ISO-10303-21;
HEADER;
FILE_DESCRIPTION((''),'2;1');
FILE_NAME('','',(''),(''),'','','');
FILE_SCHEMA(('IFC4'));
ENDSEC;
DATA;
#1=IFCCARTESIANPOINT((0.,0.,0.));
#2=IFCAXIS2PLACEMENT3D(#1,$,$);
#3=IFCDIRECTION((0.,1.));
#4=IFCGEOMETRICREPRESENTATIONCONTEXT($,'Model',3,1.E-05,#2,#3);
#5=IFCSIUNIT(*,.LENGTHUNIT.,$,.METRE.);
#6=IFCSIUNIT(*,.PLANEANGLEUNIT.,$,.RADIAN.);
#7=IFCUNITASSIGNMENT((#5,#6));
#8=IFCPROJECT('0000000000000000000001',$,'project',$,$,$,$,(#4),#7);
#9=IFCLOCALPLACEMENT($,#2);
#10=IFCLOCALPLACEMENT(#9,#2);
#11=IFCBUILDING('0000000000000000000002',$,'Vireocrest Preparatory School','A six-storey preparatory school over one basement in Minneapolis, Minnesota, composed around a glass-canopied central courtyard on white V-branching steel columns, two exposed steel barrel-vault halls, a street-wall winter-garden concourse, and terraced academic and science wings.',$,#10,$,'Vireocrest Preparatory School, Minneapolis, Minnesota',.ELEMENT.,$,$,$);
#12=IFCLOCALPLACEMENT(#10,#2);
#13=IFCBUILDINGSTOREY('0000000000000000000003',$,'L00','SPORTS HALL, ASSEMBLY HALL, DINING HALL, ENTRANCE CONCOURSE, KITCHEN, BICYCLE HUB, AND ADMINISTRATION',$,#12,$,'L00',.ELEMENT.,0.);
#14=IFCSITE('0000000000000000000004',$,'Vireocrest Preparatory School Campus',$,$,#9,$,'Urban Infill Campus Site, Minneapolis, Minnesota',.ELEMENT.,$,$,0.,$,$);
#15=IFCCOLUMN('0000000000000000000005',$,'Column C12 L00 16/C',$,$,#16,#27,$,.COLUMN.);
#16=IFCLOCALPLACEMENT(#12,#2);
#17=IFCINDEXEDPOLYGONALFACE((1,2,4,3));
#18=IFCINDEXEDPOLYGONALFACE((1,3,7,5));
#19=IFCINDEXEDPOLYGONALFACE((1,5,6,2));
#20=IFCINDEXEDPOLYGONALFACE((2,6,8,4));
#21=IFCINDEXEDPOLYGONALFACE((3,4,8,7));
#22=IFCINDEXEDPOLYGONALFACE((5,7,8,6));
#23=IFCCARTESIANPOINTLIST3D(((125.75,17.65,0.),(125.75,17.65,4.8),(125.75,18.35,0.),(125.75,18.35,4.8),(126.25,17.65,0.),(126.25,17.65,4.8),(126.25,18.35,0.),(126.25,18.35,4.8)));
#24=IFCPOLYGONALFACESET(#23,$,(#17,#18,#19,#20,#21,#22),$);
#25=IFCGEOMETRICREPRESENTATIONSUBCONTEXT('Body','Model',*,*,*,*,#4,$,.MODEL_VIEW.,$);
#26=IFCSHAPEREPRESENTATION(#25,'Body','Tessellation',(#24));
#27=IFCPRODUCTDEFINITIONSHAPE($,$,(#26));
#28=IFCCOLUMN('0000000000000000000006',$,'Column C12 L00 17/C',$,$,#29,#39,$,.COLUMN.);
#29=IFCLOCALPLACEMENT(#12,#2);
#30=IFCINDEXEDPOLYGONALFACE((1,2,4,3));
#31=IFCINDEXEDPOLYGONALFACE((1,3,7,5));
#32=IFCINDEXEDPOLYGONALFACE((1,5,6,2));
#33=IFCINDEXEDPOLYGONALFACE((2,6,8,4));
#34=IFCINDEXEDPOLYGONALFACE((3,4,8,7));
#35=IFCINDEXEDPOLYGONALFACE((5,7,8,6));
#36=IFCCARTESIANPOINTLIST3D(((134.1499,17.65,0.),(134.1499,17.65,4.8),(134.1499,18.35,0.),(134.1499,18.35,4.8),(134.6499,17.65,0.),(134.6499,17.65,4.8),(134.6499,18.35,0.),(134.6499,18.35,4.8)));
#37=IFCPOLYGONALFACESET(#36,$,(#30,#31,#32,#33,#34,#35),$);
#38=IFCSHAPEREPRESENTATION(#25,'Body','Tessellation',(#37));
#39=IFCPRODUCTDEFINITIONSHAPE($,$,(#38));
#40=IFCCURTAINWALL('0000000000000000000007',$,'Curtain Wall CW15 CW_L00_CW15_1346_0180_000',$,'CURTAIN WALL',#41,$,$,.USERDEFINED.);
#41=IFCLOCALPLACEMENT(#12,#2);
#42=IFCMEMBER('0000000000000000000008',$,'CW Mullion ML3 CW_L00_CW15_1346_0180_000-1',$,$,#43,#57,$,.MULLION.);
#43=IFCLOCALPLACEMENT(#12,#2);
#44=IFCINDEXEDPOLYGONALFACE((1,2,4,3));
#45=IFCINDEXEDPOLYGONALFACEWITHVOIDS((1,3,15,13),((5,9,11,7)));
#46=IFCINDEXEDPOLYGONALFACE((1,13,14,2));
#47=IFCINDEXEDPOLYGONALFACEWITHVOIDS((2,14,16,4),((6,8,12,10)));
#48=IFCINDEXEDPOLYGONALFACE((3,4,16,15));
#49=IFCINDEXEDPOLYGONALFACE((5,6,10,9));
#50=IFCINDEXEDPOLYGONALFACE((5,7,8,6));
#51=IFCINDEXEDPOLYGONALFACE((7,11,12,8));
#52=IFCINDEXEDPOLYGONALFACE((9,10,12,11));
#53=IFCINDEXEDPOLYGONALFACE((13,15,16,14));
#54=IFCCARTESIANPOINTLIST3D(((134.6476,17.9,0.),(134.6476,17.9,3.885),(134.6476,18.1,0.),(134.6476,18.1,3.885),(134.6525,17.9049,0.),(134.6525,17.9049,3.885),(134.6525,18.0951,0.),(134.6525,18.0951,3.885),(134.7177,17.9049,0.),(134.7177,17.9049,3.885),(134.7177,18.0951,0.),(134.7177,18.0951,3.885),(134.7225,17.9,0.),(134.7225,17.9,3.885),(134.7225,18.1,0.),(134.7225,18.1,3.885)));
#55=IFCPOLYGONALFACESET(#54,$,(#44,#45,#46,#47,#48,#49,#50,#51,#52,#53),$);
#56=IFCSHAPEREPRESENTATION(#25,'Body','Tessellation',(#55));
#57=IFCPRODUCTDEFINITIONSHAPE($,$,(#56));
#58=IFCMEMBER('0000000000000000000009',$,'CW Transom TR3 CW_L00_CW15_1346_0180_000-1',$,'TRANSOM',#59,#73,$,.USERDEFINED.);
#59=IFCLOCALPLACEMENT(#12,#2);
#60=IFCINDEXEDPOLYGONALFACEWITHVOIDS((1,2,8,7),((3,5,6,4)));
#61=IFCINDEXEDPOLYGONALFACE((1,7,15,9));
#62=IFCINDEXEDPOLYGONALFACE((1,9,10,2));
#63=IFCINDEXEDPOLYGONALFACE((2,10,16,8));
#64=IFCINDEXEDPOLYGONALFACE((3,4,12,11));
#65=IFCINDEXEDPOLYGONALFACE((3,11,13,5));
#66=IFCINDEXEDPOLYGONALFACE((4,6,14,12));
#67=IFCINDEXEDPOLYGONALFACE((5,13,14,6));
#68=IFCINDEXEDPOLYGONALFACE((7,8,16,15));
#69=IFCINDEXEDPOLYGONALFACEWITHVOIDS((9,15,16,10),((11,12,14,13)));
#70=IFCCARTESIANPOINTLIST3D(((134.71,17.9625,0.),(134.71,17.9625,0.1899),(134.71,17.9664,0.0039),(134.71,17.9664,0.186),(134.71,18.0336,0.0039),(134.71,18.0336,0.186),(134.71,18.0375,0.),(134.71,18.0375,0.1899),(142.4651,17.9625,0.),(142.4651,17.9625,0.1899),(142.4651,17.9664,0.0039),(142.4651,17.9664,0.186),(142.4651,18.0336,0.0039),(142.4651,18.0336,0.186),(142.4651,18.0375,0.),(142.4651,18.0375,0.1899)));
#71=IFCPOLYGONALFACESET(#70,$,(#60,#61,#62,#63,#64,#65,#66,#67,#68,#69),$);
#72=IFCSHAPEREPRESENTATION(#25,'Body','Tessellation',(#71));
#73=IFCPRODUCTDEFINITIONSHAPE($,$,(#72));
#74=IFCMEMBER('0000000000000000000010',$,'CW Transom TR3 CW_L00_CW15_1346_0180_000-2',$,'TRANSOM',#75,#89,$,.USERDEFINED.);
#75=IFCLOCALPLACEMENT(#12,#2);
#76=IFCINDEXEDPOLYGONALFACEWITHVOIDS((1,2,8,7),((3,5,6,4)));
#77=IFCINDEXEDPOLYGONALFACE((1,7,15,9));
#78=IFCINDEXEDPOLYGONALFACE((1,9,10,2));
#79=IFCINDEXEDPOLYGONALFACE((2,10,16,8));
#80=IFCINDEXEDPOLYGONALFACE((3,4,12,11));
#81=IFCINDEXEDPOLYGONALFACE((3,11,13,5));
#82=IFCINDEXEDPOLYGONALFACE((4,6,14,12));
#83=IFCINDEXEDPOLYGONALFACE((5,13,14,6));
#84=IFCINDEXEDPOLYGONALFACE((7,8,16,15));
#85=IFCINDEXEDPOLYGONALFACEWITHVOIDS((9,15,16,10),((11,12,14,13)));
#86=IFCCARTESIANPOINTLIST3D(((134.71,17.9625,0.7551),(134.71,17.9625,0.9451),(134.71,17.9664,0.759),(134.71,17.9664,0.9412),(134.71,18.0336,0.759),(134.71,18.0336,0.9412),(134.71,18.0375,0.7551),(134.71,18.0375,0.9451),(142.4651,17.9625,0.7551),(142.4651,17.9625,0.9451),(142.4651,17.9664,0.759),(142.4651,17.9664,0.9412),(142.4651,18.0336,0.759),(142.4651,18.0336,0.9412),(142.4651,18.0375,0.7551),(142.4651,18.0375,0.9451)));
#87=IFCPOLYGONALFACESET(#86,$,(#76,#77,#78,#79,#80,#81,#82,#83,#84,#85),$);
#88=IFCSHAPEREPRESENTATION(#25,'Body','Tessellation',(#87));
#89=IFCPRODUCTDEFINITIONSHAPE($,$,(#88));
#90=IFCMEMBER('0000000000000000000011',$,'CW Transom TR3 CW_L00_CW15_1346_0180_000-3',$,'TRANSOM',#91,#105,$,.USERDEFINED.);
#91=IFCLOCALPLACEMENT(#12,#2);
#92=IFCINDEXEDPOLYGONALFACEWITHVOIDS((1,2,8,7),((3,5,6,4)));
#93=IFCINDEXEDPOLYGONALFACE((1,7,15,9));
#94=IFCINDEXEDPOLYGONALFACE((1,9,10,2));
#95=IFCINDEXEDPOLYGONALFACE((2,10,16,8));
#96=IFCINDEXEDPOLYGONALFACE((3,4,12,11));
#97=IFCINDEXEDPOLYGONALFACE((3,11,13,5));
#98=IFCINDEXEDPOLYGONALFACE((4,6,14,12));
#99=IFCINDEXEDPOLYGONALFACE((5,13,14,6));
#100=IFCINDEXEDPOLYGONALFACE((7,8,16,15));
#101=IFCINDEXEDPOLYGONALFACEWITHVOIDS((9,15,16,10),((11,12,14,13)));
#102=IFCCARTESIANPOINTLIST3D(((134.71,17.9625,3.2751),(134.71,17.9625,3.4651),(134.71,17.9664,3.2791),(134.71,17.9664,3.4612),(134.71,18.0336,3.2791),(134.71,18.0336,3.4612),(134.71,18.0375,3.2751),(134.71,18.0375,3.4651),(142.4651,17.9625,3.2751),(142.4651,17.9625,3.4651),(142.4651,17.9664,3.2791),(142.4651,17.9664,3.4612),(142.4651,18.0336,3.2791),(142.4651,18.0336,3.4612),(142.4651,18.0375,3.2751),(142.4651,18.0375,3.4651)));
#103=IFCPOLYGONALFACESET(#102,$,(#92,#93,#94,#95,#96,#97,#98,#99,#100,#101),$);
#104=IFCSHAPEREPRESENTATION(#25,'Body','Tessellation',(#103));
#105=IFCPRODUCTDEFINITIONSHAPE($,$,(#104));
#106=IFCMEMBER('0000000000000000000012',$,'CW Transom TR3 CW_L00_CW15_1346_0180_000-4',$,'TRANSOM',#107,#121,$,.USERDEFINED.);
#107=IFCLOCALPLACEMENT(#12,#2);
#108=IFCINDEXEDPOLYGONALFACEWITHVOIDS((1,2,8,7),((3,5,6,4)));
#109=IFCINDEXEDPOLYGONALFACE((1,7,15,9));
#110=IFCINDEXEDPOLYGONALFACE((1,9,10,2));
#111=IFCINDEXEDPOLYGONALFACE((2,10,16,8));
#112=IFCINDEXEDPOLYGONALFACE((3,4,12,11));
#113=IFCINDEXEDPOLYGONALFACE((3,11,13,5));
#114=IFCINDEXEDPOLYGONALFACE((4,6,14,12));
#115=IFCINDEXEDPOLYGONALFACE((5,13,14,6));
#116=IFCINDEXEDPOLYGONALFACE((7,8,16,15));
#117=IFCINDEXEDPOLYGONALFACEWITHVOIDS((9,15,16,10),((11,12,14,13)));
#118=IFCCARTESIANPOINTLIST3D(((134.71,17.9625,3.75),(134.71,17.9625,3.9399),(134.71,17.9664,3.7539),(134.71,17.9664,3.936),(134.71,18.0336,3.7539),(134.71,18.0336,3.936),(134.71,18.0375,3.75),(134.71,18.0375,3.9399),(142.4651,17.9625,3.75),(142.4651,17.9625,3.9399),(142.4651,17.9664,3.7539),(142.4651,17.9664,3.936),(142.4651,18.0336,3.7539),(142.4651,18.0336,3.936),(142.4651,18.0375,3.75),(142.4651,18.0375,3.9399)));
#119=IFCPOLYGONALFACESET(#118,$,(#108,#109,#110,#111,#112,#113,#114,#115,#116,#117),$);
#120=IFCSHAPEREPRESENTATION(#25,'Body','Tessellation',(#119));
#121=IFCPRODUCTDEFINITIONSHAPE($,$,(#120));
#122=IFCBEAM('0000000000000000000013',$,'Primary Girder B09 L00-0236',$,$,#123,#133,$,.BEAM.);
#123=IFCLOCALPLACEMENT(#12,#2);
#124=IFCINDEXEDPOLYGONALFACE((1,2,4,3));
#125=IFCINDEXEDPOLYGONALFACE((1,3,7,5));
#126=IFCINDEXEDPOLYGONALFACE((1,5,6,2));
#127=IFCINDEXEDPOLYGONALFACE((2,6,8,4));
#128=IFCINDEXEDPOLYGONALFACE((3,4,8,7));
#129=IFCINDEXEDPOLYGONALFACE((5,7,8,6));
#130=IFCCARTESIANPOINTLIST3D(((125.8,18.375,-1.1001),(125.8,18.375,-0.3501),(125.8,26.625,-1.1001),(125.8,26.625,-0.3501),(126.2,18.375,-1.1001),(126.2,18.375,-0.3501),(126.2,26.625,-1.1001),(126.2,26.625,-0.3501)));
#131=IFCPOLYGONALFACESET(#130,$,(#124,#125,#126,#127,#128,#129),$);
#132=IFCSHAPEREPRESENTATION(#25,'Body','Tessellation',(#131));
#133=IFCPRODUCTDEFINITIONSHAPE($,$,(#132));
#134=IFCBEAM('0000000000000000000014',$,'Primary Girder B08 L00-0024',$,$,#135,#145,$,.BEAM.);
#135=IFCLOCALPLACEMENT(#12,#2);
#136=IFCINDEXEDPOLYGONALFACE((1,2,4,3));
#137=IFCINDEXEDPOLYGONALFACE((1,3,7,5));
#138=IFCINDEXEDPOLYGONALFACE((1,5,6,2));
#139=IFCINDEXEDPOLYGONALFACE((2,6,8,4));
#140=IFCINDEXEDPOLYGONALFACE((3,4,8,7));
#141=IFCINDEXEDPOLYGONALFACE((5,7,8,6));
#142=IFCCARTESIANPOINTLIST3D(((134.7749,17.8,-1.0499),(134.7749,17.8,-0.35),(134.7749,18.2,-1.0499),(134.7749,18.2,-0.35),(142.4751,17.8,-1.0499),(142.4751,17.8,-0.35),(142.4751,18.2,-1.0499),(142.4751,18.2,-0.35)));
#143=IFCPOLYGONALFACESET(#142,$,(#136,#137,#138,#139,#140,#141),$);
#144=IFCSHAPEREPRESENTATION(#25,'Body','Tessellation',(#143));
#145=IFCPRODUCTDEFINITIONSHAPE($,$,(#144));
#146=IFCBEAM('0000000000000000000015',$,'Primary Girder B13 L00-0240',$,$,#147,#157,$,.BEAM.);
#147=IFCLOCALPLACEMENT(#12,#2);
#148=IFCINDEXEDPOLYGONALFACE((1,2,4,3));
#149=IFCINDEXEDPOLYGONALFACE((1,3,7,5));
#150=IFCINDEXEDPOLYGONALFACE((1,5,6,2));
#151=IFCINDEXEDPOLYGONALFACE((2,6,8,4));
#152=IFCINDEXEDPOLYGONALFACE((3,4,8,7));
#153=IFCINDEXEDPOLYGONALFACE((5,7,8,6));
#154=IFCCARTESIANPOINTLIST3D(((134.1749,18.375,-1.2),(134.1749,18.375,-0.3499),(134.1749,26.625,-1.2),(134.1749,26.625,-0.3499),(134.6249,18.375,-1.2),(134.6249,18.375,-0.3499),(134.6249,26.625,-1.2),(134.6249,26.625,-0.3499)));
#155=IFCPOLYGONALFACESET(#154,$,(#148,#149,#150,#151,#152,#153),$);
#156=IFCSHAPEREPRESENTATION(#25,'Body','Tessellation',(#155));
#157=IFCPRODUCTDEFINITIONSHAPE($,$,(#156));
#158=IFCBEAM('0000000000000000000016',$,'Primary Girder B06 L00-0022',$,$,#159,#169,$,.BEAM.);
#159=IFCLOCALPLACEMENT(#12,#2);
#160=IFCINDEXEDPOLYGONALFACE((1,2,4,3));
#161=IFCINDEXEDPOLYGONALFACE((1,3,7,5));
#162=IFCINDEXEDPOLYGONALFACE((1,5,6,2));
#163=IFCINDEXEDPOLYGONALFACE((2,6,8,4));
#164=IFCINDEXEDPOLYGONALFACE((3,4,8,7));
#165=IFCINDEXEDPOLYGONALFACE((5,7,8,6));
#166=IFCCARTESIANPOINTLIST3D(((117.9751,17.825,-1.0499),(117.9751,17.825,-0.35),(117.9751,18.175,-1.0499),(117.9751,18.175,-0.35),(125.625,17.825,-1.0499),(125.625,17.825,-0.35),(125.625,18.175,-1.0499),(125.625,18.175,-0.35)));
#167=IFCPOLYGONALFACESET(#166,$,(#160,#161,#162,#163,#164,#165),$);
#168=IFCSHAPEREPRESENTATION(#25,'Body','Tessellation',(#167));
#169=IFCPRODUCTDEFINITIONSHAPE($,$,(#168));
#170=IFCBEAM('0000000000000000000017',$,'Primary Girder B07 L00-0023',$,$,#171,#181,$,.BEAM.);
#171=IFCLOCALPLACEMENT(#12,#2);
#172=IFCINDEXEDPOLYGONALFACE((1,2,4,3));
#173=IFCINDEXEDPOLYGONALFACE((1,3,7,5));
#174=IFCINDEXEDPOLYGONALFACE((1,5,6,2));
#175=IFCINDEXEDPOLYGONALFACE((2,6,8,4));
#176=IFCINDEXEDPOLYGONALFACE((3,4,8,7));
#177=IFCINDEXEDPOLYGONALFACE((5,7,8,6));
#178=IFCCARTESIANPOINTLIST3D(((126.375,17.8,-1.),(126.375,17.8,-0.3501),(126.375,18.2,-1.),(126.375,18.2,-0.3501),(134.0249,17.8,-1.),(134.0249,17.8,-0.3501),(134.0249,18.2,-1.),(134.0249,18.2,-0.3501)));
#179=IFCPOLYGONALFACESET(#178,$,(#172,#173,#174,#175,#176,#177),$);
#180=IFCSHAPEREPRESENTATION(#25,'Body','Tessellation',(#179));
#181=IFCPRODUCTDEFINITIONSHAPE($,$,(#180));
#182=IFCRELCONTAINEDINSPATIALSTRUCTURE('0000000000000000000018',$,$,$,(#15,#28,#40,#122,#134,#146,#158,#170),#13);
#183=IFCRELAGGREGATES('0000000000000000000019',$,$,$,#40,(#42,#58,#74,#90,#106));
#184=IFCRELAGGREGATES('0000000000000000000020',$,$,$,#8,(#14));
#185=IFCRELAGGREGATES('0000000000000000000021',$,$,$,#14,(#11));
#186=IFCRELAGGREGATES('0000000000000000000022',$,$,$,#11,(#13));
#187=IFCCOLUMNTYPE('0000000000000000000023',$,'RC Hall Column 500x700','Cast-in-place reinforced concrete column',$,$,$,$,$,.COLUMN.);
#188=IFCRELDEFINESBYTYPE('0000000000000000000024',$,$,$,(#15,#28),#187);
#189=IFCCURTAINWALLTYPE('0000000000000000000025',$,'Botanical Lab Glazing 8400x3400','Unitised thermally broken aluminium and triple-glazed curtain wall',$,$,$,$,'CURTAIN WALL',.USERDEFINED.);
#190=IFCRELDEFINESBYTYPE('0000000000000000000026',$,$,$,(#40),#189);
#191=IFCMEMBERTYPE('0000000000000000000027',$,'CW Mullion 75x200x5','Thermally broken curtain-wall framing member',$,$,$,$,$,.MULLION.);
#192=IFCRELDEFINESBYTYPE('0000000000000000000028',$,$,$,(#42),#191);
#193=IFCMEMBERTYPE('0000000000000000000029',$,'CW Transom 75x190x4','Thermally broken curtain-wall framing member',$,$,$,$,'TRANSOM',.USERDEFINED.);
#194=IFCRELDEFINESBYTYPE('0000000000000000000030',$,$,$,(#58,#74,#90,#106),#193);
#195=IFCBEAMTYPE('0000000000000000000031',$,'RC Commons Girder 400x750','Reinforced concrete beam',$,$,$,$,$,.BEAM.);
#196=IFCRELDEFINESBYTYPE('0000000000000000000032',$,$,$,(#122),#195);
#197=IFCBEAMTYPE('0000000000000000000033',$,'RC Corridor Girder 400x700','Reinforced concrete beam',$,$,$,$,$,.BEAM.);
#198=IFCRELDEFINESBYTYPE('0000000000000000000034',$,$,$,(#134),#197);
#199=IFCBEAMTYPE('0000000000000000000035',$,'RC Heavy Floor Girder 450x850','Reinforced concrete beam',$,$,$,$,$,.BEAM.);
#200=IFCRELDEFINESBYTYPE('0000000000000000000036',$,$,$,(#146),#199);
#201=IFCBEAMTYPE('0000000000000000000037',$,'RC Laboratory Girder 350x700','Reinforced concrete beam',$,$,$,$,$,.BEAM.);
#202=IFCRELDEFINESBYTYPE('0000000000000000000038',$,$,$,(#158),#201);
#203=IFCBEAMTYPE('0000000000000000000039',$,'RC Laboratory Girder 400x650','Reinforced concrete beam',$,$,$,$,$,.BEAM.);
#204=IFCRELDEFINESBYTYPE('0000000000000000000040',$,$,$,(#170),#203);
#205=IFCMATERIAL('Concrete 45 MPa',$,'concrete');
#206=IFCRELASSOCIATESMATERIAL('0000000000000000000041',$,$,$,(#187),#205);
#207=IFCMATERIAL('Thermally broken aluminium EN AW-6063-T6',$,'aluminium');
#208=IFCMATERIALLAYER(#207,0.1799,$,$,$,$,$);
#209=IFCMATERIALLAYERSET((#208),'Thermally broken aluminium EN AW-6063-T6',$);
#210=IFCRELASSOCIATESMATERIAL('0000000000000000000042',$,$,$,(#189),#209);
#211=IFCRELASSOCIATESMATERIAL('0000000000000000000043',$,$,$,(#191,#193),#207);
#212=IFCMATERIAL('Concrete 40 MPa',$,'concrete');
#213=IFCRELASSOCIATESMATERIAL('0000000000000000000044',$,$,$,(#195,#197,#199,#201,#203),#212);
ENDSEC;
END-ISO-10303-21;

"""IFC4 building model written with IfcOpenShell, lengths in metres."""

from ifc_helpers import new_model, si_unit, direction, frame, origin, origin_2d, place, context, subcontext, project, spatial, rectangle, hollow_rectangle, extrude, material, layer, layer_set, material_profile, profile_set, type_object, element, aggregate, save


model = new_model("IFC4")

# Units and contexts
model_context = context("Model", 3, precision=1e-05, world=origin(), true_north=direction((0.0, 1.0)))
body_context = subcontext(model_context, "Body", "Model", "MODEL_VIEW")
ifc_project = project(units=[si_unit("LENGTHUNIT", "METRE"), si_unit("PLANEANGLEUNIT", "RADIAN")], contexts=[model_context])

# Site, building, storey
site_placement = place(None, origin())
site = spatial("IfcSite", under=ifc_project, at=site_placement, Name="Vireocrest Preparatory School Campus", LongName="Urban Infill Campus Site, Minneapolis, Minnesota", CompositionType="ELEMENT", RefElevation=0.0)
building_placement = place(site_placement, origin())
building = spatial("IfcBuilding", under=site, at=building_placement, Name="Vireocrest Preparatory School", Description="A six-storey preparatory school over one basement in Minneapolis, Minnesota, composed around a glass-canopied central courtyard on white V-branching steel columns, two exposed steel barrel-vault halls, a street-wall winter-garden concourse, and terraced academic and science wings.", LongName="Vireocrest Preparatory School, Minneapolis, Minnesota", CompositionType="ELEMENT")
storey_placement = place(building_placement, origin())
storey = spatial("IfcBuildingStorey", under=building, at=storey_placement, Name="L00", Description="SPORTS HALL, ASSEMBLY HALL, DINING HALL, ENTRANCE CONCOURSE, KITCHEN, BICYCLE HUB, AND ADMINISTRATION", LongName="L00", CompositionType="ELEMENT", Elevation=0.0)

# Columns
ifc_material_1 = material(Name="Concrete 45 MPa", Category="concrete")
ifc_material_profile_1 = material_profile(ifc_material_1, rectangle(XDim=0.5, YDim=0.7, at=origin_2d()), Name="RC 500x700")
ifc_profile_set_1 = profile_set([ifc_material_profile_1], Name="Concrete 45 MPa")
column_type = type_object("IfcColumnType", Name="RC Hall Column 500x700", Description="Cast-in-place reinforced concrete column", PredefinedType="COLUMN", material=ifc_profile_set_1)
for number, where, z_axis, x_axis, name in (
    (1, (126.0, 18.0, 0.0), (0.0, 0.0, 1.0), (1.0, 0.0, 0.0), "Column C12 L00 16/C"),
    (2, (134.3999, 18.0, 0.0), (0.0, 0.0, 1.0), (1.0, 0.0, 0.0), "Column C12 L00 17/C"),
):
    element("IfcColumn", number, at=place(storey_placement, frame(where, z_axis=z_axis, x_axis=x_axis)), inside=storey, type_object=column_type, Name=name, PredefinedType="COLUMN", context=body_context, shape_type="SweptSolid", body=[
        extrude(rectangle(XDim=0.5, YDim=0.7, at=origin_2d()), origin(), (0.0, 0.0, 1.0), 4.8),
    ])

# Curtain wall, members
ifc_material_2 = material(Name="Thermally broken aluminium EN AW-6063-T6", Category="aluminium")
ifc_layer_1 = layer(ifc_material_2, 0.1799)
ifc_layer_set_1 = layer_set([ifc_layer_1], Name="Thermally broken aluminium EN AW-6063-T6")
curtain_wall_type = type_object("IfcCurtainWallType", Name="Botanical Lab Glazing 8400x3400", Description="Unitised thermally broken aluminium and triple-glazed curtain wall", ElementType="CURTAIN WALL", PredefinedType="USERDEFINED", material=ifc_layer_set_1)
curtain_wall_placement = place(storey_placement, origin())
curtain_wall = element("IfcCurtainWall", 3, at=curtain_wall_placement, inside=storey, type_object=curtain_wall_type, Name="Curtain Wall CW15 CW_L00_CW15_1346_0180_000", ObjectType="CURTAIN WALL", PredefinedType="USERDEFINED")
ifc_material_profile_2 = material_profile(ifc_material_2, hollow_rectangle(XDim=0.075, YDim=0.2, WallThickness=0.0049, at=origin_2d()), Name="ALU 75x200x5")
ifc_profile_set_2 = profile_set([ifc_material_profile_2], Name="Thermally broken aluminium EN AW-6063-T6")
member_type_1 = type_object("IfcMemberType", Name="CW Mullion 75x200x5", Description="Thermally broken curtain-wall framing member", PredefinedType="MULLION", material=ifc_profile_set_2)
member_1_placement = place(storey_placement, frame((134.6851, 18.0, 0.0), z_axis=(0.0, 0.0, 1.0), x_axis=(1.0, 0.0, 0.0)))
member_1 = element("IfcMember", 4, at=member_1_placement, type_object=member_type_1, Name="CW Mullion ML3 CW_L00_CW15_1346_0180_000-1", PredefinedType="MULLION", context=body_context, shape_type="SweptSolid", body=[
    extrude(hollow_rectangle(XDim=0.075, YDim=0.2, WallThickness=0.0049, at=origin_2d()), origin(), (0.0, 0.0, 1.0), 3.885),
])
ifc_material_profile_3 = material_profile(ifc_material_2, hollow_rectangle(XDim=0.075, YDim=0.1899, WallThickness=0.0039, at=origin_2d()), Name="ALU 75x190x4")
ifc_profile_set_3 = profile_set([ifc_material_profile_3], Name="Thermally broken aluminium EN AW-6063-T6")
member_type_2 = type_object("IfcMemberType", Name="CW Transom 75x190x4", Description="Thermally broken curtain-wall framing member", ElementType="TRANSOM", PredefinedType="USERDEFINED", material=ifc_profile_set_3)
member_2_placement = place(storey_placement, frame((134.71, 18.0, 0.095), z_axis=(1.0, 0.0, 0.0), x_axis=(0.0, 1.0, 0.0)))
member_2 = element("IfcMember", 5, at=member_2_placement, type_object=member_type_2, Name="CW Transom TR3 CW_L00_CW15_1346_0180_000-1", ObjectType="TRANSOM", PredefinedType="USERDEFINED", context=body_context, shape_type="SweptSolid", body=[
    extrude(hollow_rectangle(XDim=0.075, YDim=0.1899, WallThickness=0.0039, at=origin_2d()), origin(), (0.0, 0.0, 1.0), 7.7551),
])
member_3_placement = place(storey_placement, frame((134.71, 18.0, 0.8501), z_axis=(1.0, 0.0, 0.0), x_axis=(0.0, 1.0, 0.0)))
member_3 = element("IfcMember", 6, at=member_3_placement, type_object=member_type_2, Name="CW Transom TR3 CW_L00_CW15_1346_0180_000-2", ObjectType="TRANSOM", PredefinedType="USERDEFINED", context=body_context, shape_type="SweptSolid", body=[
    extrude(hollow_rectangle(XDim=0.075, YDim=0.1899, WallThickness=0.0039, at=origin_2d()), origin(), (0.0, 0.0, 1.0), 7.7551),
])
member_4_placement = place(storey_placement, frame((134.71, 18.0, 3.3701), z_axis=(1.0, 0.0, 0.0), x_axis=(0.0, 1.0, 0.0)))
member_4 = element("IfcMember", 7, at=member_4_placement, type_object=member_type_2, Name="CW Transom TR3 CW_L00_CW15_1346_0180_000-3", ObjectType="TRANSOM", PredefinedType="USERDEFINED", context=body_context, shape_type="SweptSolid", body=[
    extrude(hollow_rectangle(XDim=0.075, YDim=0.1899, WallThickness=0.0039, at=origin_2d()), origin(), (0.0, 0.0, 1.0), 7.7551),
])
member_5_placement = place(storey_placement, frame((134.71, 18.0, 3.845), z_axis=(1.0, 0.0, 0.0), x_axis=(0.0, 1.0, 0.0)))
member_5 = element("IfcMember", 8, at=member_5_placement, type_object=member_type_2, Name="CW Transom TR3 CW_L00_CW15_1346_0180_000-4", ObjectType="TRANSOM", PredefinedType="USERDEFINED", context=body_context, shape_type="SweptSolid", body=[
    extrude(hollow_rectangle(XDim=0.075, YDim=0.1899, WallThickness=0.0039, at=origin_2d()), origin(), (0.0, 0.0, 1.0), 7.7551),
])

# Beams
ifc_material_3 = material(Name="Concrete 40 MPa", Category="concrete")
ifc_material_profile_4 = material_profile(ifc_material_3, rectangle(XDim=0.3999, YDim=0.75, at=origin_2d()), Name="RC 400x750")
ifc_profile_set_4 = profile_set([ifc_material_profile_4], Name="Concrete 40 MPa")
beam_type_1 = type_object("IfcBeamType", Name="RC Commons Girder 400x750", Description="Reinforced concrete beam", PredefinedType="BEAM", material=ifc_profile_set_4)
beam_1_placement = place(storey_placement, frame((126.0, 18.375, -0.7251), z_axis=(0.0, 1.0, 0.0), x_axis=(-1.0, 0.0, 0.0)))
element("IfcBeam", 9, at=beam_1_placement, inside=storey, type_object=beam_type_1, Name="Primary Girder B09 L00-0236", PredefinedType="BEAM", context=body_context, shape_type="SweptSolid", body=[
    extrude(rectangle(XDim=0.3999, YDim=0.75, at=origin_2d()), origin(), (0.0, 0.0, 1.0), 8.25),
])
ifc_material_profile_5 = material_profile(ifc_material_3, rectangle(XDim=0.3999, YDim=0.7, at=origin_2d()), Name="RC 400x700")
ifc_profile_set_5 = profile_set([ifc_material_profile_5], Name="Concrete 40 MPa")
beam_type_2 = type_object("IfcBeamType", Name="RC Corridor Girder 400x700", Description="Reinforced concrete beam", PredefinedType="BEAM", material=ifc_profile_set_5)
beam_2_placement = place(storey_placement, frame((134.7749, 18.0, -0.7), z_axis=(1.0, 0.0, 0.0), x_axis=(0.0, 1.0, 0.0)))
element("IfcBeam", 10, at=beam_2_placement, inside=storey, type_object=beam_type_2, Name="Primary Girder B08 L00-0024", PredefinedType="BEAM", context=body_context, shape_type="SweptSolid", body=[
    extrude(rectangle(XDim=0.3999, YDim=0.7, at=origin_2d()), origin(), (0.0, 0.0, 1.0), 7.7002),
])
ifc_material_profile_6 = material_profile(ifc_material_3, rectangle(XDim=0.45, YDim=0.8501, at=origin_2d()), Name="RC 450x850")
ifc_profile_set_6 = profile_set([ifc_material_profile_6], Name="Concrete 40 MPa")
beam_type_3 = type_object("IfcBeamType", Name="RC Heavy Floor Girder 450x850", Description="Reinforced concrete beam", PredefinedType="BEAM", material=ifc_profile_set_6)
beam_3_placement = place(storey_placement, frame((134.3999, 18.375, -0.7749), z_axis=(0.0, 1.0, 0.0), x_axis=(-1.0, 0.0, 0.0)))
element("IfcBeam", 11, at=beam_3_placement, inside=storey, type_object=beam_type_3, Name="Primary Girder B13 L00-0240", PredefinedType="BEAM", context=body_context, shape_type="SweptSolid", body=[
    extrude(rectangle(XDim=0.45, YDim=0.8501, at=origin_2d()), origin(), (0.0, 0.0, 1.0), 8.25),
])
ifc_material_profile_7 = material_profile(ifc_material_3, rectangle(XDim=0.3501, YDim=0.7, at=origin_2d()), Name="RC 350x700")
ifc_profile_set_7 = profile_set([ifc_material_profile_7], Name="Concrete 40 MPa")
beam_type_4 = type_object("IfcBeamType", Name="RC Laboratory Girder 350x700", Description="Reinforced concrete beam", PredefinedType="BEAM", material=ifc_profile_set_7)
beam_4_placement = place(storey_placement, frame((117.9751, 18.0, -0.7), z_axis=(1.0, 0.0, 0.0), x_axis=(0.0, 1.0, 0.0)))
element("IfcBeam", 12, at=beam_4_placement, inside=storey, type_object=beam_type_4, Name="Primary Girder B06 L00-0022", PredefinedType="BEAM", context=body_context, shape_type="SweptSolid", body=[
    extrude(rectangle(XDim=0.3501, YDim=0.7, at=origin_2d()), origin(), (0.0, 0.0, 1.0), 7.6499),
])
ifc_material_profile_8 = material_profile(ifc_material_3, rectangle(XDim=0.3999, YDim=0.6499, at=origin_2d()), Name="RC 400x650")
ifc_profile_set_8 = profile_set([ifc_material_profile_8], Name="Concrete 40 MPa")
beam_type_5 = type_object("IfcBeamType", Name="RC Laboratory Girder 400x650", Description="Reinforced concrete beam", PredefinedType="BEAM", material=ifc_profile_set_8)
beam_5_placement = place(storey_placement, frame((126.375, 18.0, -0.675), z_axis=(1.0, 0.0, 0.0), x_axis=(0.0, 1.0, 0.0)))
element("IfcBeam", 13, at=beam_5_placement, inside=storey, type_object=beam_type_5, Name="Primary Girder B07 L00-0023", PredefinedType="BEAM", context=body_context, shape_type="SweptSolid", body=[
    extrude(rectangle(XDim=0.3999, YDim=0.6499, at=origin_2d()), origin(), (0.0, 0.0, 1.0), 7.6499),
])

aggregate(curtain_wall, [member_1, member_2, member_3, member_4, member_5])

save(model, "model.ifc")
